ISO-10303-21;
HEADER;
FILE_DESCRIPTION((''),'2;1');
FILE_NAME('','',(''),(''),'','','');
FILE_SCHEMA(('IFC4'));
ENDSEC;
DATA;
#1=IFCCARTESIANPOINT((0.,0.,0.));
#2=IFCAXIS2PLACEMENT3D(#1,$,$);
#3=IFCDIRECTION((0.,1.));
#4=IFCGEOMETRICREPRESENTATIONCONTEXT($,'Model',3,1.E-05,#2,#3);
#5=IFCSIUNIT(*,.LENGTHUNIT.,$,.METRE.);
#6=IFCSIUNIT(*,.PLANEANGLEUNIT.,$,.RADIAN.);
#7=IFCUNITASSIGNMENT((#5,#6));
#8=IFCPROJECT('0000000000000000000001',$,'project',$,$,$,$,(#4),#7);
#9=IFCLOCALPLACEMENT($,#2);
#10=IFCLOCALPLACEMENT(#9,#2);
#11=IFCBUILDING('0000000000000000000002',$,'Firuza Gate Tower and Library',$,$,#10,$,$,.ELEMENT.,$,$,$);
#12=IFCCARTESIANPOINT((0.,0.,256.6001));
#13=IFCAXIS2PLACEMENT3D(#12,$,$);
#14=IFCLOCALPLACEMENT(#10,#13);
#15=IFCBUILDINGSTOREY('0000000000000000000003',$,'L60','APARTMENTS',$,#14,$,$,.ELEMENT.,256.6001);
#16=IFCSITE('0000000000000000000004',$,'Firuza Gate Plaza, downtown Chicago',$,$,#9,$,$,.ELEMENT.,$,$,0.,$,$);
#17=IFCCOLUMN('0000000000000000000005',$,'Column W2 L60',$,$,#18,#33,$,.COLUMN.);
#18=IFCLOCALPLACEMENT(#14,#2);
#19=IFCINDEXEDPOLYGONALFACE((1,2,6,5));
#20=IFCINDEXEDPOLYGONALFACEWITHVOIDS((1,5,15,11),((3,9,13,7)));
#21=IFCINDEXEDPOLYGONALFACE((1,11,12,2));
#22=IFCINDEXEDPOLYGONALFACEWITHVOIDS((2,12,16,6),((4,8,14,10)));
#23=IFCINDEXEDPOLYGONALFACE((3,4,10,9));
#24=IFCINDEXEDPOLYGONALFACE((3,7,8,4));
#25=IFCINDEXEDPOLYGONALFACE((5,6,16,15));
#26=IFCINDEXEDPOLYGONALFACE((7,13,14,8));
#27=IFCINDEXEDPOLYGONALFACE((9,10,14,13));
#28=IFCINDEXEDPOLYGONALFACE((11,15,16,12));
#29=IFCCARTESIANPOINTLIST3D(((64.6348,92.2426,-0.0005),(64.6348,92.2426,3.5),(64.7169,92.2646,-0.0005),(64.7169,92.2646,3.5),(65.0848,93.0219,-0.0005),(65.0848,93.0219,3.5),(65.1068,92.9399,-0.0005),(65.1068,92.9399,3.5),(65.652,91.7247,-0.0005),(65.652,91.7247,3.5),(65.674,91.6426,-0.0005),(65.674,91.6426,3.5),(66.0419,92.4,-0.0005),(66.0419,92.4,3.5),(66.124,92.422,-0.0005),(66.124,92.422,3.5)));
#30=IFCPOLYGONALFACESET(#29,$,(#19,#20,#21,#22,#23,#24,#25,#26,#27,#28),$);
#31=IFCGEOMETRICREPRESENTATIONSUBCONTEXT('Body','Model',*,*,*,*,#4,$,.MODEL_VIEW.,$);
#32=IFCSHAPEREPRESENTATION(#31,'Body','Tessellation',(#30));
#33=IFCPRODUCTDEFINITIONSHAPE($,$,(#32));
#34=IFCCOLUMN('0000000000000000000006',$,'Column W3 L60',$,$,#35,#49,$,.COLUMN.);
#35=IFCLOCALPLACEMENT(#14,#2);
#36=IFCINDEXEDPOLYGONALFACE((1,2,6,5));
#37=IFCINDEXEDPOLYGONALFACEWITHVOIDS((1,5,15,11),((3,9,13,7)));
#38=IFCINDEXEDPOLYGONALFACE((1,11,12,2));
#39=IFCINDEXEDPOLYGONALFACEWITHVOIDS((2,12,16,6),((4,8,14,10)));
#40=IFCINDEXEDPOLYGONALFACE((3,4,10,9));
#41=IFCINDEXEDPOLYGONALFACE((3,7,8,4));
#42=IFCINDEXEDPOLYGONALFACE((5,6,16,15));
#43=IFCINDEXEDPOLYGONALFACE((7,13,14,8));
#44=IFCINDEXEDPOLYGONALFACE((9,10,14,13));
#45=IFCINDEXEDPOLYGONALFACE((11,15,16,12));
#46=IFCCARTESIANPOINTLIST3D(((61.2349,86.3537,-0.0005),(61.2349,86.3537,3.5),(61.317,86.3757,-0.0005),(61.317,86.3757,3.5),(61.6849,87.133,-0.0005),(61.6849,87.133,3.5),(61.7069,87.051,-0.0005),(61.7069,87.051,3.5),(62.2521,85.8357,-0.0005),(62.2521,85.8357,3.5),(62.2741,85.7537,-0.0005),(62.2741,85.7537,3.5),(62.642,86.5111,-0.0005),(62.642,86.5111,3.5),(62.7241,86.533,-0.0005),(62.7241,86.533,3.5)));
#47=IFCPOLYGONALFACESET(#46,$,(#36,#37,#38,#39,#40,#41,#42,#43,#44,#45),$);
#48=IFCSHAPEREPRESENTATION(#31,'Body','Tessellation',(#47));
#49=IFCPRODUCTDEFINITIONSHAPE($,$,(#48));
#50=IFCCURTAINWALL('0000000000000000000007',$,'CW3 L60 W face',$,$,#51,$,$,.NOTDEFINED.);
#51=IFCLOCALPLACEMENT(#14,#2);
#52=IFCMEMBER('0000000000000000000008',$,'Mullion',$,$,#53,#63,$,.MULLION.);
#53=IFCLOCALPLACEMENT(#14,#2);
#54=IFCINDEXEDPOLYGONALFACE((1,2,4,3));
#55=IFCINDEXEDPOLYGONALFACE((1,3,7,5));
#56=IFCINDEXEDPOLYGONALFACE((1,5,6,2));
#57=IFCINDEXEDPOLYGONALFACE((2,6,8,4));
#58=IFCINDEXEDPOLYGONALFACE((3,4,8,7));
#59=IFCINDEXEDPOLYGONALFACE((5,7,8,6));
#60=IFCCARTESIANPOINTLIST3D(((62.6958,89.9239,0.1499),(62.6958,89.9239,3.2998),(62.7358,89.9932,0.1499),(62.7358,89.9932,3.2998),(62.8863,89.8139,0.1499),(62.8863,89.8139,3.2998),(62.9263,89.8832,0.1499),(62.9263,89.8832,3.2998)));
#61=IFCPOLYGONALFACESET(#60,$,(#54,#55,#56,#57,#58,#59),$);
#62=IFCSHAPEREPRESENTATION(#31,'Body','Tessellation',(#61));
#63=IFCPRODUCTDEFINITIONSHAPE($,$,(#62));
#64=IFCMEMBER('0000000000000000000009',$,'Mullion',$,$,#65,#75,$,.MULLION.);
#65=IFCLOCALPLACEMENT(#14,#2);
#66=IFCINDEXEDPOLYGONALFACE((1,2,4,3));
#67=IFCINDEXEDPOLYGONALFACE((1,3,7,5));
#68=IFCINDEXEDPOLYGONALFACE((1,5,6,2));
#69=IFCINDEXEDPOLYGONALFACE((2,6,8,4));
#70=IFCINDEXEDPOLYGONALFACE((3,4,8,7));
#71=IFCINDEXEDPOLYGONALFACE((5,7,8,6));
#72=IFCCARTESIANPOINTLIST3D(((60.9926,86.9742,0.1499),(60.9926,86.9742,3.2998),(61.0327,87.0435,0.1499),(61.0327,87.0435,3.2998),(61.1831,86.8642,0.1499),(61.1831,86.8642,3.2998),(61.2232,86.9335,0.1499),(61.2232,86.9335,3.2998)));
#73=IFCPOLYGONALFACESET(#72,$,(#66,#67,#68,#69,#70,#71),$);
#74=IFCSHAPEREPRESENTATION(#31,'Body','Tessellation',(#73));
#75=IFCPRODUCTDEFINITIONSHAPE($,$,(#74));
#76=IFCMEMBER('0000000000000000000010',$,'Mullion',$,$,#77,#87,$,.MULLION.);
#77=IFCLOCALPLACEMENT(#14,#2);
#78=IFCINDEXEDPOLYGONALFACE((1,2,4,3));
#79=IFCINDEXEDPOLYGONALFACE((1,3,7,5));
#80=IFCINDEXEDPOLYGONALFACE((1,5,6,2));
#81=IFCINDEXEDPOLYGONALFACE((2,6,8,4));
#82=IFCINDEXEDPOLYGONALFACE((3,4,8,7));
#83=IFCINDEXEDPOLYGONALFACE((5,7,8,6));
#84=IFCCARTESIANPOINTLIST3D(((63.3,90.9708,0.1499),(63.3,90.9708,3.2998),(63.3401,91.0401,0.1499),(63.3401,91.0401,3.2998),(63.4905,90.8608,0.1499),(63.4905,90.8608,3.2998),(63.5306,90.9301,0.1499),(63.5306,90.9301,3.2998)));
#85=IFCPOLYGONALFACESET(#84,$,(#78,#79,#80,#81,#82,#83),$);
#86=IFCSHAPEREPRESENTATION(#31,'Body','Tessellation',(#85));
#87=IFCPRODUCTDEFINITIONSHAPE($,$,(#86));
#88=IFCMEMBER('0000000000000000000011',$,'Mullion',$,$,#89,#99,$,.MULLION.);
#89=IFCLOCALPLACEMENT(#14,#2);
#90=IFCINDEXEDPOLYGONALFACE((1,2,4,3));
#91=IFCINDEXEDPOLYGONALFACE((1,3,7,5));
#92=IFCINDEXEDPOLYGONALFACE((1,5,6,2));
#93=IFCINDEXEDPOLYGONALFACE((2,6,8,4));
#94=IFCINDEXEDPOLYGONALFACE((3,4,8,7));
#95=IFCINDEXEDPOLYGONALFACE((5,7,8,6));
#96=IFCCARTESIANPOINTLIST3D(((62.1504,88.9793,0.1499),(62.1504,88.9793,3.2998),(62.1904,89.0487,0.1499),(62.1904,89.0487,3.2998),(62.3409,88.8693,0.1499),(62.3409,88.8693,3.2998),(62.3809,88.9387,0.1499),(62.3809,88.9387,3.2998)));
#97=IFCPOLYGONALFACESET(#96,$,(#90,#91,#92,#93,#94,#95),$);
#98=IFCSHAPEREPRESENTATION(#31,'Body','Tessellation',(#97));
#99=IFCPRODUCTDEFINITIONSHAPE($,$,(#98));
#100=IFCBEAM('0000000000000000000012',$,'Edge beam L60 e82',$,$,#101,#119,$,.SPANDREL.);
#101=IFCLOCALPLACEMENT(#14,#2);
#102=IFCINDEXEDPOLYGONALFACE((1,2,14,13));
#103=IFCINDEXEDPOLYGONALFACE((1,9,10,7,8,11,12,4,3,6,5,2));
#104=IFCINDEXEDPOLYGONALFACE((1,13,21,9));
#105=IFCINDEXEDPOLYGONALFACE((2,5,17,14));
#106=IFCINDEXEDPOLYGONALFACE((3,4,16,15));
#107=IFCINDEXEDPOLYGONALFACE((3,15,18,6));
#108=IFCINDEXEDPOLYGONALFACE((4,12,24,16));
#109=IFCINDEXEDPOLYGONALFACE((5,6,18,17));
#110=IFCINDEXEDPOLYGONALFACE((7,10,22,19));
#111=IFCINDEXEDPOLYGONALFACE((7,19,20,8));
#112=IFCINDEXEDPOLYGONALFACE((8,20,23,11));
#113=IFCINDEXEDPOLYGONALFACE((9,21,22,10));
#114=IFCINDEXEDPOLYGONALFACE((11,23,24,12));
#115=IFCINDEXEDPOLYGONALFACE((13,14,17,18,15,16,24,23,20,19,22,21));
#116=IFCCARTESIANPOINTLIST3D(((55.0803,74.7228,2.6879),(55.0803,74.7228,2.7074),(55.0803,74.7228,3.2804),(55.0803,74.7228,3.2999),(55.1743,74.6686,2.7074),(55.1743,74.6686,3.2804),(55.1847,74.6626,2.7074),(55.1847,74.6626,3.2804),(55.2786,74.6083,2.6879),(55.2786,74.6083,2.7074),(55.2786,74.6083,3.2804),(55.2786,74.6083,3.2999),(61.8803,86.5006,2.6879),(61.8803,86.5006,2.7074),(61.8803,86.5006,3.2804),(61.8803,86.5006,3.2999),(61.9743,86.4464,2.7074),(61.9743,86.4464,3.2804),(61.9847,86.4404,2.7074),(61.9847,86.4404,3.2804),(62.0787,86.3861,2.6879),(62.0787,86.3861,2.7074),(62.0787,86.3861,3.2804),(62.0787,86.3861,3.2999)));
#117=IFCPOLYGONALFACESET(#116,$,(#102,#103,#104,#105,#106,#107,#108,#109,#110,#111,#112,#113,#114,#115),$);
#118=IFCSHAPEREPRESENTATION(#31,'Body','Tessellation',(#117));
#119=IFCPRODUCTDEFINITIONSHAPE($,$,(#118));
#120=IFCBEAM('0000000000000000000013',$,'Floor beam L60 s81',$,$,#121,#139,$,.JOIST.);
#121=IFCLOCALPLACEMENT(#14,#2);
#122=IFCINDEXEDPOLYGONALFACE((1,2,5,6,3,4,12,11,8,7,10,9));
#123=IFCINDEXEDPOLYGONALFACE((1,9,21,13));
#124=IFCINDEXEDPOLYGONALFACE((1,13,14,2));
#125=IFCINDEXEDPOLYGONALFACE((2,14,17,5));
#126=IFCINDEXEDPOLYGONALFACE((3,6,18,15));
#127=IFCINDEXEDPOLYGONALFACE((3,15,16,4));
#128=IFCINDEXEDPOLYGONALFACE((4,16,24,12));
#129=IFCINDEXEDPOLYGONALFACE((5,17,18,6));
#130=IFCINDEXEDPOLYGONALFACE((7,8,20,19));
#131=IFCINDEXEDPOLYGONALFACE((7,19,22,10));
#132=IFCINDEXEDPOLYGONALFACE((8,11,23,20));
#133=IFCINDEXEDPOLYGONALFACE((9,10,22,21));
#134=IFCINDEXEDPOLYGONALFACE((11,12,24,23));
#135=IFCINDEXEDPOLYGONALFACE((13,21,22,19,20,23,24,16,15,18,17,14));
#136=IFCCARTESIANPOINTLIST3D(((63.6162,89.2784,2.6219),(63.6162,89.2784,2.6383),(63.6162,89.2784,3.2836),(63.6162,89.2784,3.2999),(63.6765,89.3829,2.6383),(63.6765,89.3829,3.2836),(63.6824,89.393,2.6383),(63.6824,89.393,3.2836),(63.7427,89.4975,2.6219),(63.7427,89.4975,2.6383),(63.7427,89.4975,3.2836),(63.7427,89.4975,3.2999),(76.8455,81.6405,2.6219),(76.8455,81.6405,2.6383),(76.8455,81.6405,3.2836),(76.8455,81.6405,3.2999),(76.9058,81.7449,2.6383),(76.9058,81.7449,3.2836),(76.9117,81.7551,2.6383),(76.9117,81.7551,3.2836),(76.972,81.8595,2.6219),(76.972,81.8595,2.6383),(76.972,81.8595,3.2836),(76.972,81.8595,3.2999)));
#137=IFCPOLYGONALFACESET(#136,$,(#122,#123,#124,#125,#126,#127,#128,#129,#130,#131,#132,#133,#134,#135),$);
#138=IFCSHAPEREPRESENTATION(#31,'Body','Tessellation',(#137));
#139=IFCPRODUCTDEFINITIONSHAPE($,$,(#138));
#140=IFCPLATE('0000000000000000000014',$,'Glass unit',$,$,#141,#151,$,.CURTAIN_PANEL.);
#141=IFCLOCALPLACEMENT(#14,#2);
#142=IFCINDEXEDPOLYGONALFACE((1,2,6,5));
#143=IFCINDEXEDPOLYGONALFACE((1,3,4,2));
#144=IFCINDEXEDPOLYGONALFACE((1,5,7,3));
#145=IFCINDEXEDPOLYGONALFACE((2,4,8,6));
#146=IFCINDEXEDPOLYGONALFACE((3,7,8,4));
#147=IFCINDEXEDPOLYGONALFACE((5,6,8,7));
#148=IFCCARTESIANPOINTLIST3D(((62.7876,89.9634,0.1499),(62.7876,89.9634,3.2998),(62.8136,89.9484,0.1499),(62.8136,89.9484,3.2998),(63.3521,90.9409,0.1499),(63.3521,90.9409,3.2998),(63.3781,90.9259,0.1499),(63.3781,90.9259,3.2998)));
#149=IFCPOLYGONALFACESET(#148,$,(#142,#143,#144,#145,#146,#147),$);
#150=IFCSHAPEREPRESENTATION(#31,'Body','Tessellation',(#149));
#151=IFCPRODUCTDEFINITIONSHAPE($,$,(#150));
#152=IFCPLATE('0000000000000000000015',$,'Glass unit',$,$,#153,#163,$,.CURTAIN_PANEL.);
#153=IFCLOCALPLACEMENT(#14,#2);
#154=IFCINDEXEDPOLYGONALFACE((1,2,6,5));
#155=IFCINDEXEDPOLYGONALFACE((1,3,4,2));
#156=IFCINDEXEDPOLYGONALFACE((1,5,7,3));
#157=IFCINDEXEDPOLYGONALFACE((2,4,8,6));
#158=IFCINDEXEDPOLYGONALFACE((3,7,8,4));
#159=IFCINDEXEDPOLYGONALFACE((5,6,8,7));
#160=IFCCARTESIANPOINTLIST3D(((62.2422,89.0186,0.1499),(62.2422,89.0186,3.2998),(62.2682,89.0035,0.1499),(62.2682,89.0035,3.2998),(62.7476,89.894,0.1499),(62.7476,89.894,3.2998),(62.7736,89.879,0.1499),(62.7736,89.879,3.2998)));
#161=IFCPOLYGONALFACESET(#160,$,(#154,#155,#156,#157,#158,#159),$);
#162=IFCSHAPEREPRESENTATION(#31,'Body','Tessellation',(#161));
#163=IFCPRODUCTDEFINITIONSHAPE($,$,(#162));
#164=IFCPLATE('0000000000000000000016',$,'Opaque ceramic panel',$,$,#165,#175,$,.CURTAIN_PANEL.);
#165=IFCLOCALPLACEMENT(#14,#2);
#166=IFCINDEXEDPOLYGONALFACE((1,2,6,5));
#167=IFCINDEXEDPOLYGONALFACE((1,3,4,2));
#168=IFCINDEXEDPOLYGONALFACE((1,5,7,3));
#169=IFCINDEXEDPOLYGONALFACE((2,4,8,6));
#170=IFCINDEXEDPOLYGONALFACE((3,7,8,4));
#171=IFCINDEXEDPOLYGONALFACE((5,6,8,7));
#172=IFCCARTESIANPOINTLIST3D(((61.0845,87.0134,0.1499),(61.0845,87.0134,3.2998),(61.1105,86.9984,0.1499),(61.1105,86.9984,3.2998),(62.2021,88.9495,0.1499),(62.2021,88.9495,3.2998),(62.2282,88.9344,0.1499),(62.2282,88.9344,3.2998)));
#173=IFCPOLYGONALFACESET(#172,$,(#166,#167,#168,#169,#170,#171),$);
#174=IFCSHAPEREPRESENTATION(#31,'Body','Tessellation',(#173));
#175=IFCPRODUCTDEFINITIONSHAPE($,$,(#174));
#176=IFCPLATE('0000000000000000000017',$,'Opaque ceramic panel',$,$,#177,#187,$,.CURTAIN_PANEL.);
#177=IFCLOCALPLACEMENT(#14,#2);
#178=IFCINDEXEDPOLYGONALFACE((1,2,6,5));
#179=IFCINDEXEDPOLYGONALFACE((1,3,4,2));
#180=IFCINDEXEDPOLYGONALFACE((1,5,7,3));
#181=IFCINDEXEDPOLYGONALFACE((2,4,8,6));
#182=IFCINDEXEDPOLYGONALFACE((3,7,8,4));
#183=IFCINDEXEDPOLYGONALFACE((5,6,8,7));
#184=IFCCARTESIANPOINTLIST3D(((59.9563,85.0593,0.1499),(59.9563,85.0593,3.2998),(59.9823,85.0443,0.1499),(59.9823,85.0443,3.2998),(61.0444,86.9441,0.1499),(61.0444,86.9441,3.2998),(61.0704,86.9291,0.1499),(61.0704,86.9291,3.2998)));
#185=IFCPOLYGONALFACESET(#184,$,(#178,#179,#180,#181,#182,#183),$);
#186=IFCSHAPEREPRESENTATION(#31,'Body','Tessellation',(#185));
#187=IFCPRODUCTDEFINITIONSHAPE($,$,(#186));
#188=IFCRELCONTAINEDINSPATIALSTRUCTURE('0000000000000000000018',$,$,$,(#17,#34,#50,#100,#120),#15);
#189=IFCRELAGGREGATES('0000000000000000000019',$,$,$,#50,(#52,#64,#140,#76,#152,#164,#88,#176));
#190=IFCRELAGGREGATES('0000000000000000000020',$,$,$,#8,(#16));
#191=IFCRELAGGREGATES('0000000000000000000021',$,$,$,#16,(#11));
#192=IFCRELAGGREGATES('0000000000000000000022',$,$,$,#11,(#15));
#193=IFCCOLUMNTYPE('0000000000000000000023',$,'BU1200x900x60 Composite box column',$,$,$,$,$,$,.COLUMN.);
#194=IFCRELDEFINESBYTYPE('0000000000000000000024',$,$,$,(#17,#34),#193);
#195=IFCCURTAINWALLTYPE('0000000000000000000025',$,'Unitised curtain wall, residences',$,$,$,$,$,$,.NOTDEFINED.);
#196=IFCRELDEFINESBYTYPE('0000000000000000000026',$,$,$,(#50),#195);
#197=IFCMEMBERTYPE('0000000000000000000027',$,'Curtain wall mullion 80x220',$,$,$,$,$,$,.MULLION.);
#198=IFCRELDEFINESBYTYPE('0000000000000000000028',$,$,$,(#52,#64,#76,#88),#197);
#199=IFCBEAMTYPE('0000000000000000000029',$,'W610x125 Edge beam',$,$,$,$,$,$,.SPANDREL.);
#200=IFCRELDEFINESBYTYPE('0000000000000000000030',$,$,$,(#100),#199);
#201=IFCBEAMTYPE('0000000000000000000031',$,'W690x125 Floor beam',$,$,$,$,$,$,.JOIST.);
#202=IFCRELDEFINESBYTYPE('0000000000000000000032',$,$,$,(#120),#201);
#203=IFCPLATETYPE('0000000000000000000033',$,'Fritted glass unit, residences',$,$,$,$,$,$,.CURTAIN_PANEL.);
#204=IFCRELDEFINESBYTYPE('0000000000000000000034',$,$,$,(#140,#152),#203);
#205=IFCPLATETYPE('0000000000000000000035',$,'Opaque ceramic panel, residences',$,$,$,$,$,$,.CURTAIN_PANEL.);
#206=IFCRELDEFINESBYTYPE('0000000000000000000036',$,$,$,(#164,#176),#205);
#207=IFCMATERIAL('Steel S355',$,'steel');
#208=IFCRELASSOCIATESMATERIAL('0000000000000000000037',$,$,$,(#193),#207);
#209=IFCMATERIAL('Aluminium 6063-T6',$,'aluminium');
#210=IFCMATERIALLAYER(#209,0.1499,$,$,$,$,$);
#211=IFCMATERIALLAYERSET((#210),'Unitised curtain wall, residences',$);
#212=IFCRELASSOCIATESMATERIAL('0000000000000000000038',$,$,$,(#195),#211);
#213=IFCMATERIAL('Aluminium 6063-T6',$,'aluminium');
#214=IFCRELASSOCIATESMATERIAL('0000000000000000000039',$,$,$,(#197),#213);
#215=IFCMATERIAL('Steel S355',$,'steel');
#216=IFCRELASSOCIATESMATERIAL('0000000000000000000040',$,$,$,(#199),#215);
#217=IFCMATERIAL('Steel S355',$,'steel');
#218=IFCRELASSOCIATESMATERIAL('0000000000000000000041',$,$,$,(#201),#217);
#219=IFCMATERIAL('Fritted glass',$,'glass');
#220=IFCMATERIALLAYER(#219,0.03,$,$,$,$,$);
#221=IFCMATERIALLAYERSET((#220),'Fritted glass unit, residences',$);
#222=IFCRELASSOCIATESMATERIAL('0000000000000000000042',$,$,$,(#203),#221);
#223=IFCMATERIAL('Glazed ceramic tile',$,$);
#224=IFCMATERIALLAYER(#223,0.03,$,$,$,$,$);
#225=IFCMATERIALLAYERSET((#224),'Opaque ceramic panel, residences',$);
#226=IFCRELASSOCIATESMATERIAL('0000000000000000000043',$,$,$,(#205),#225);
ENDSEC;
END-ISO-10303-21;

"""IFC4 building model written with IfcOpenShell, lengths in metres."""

from ifc_helpers import new_model, si_unit, direction, frame, origin, origin_2d, place, context, subcontext, project, spatial, polyline, rectangle, hollow_rectangle, i_section, outline, extrude, material, layer, layer_set, material_profile, profile_set, type_object, element, aggregate, save


model = new_model("IFC4")

# Units and contexts
model_context = context("Model", 3, precision=1e-05, world=origin(), true_north=direction((0.0, 1.0)))
body_context = subcontext(model_context, "Body", "Model", "MODEL_VIEW")
ifc_project = project(units=[si_unit("LENGTHUNIT", "METRE"), si_unit("PLANEANGLEUNIT", "RADIAN")], contexts=[model_context])

# Site, building, storey
site_placement = place(None, origin())
site = spatial("IfcSite", under=ifc_project, at=site_placement, Name="Firuza Gate Plaza, downtown Chicago", CompositionType="ELEMENT", RefElevation=0.0)
building_placement = place(site_placement, origin())
building = spatial("IfcBuilding", under=site, at=building_placement, Name="Firuza Gate Tower and Library", CompositionType="ELEMENT")
storey_placement = place(building_placement, frame((0.0, 0.0, 256.6001)))
storey = spatial("IfcBuildingStorey", under=building, at=storey_placement, Name="L60", Description="APARTMENTS", CompositionType="ELEMENT", Elevation=256.6001)

# Columns
ifc_material_1 = material(Name="Steel S355", Category="steel")
ifc_material_profile_1 = material_profile(ifc_material_1, hollow_rectangle(XDim=0.8999, YDim=1.2, WallThickness=0.0601, at=origin_2d()))
ifc_profile_set_1 = profile_set([ifc_material_profile_1], Name="Steel S355")
column_type = type_object("IfcColumnType", Name="BU1200x900x60 Composite box column", PredefinedType="COLUMN", material=ifc_profile_set_1)
for number, where, z_axis, x_axis, name in (
    (1, (65.3794, 92.3323, -0.0005), (0.0, 0.0, 1.0), (-0.5, -0.866025, 0.0), "Column W2 L60"),
    (2, (61.9795, 86.4434, -0.0005), (0.0, 0.0, 1.0), (-0.5, -0.866025, 0.0), "Column W3 L60"),
):
    element("IfcColumn", number, at=place(storey_placement, frame(where, z_axis=z_axis, x_axis=x_axis)), inside=storey, type_object=column_type, Name=name, PredefinedType="COLUMN", context=body_context, shape_type="SweptSolid", body=[
        extrude(hollow_rectangle(XDim=0.8999, YDim=1.2, WallThickness=0.0601, at=origin_2d()), origin(), (0.0, 0.0, 1.0), 3.5005),
    ])

# Curtain wall, members
ifc_material_2 = material(Name="Aluminium 6063-T6", Category="aluminium")
ifc_layer_1 = layer(ifc_material_2, 0.1499)
ifc_layer_set_1 = layer_set([ifc_layer_1], Name="Unitised curtain wall, residences")
curtain_wall_type = type_object("IfcCurtainWallType", Name="Unitised curtain wall, residences", PredefinedType="NOTDEFINED", material=ifc_layer_set_1)
placement = place(storey_placement, origin())
curtain_wall = element("IfcCurtainWall", 3, at=placement, inside=storey, type_object=curtain_wall_type, Name="CW3 L60 W face", PredefinedType="NOTDEFINED")
ifc_material_3 = material(Name="Aluminium 6063-T6", Category="aluminium")
ifc_material_profile_2 = material_profile(ifc_material_3, rectangle(XDim=0.22, YDim=0.0801, at=origin_2d()))
ifc_profile_set_2 = profile_set([ifc_material_profile_2], Name="Aluminium 6063-T6")
member_type = type_object("IfcMemberType", Name="Curtain wall mullion 80x220", PredefinedType="MULLION", material=ifc_profile_set_2)
member_1_placement = place(storey_placement, frame((62.811, 89.9036, 0.1499), z_axis=(0.0, 0.0, 1.0), x_axis=(0.866025, -0.5, 0.0)))
member_1 = element("IfcMember", 4, at=member_1_placement, type_object=member_type, Name="Mullion", PredefinedType="MULLION", context=body_context, shape_type="SweptSolid", body=[
    extrude(rectangle(XDim=0.22, YDim=0.0801, at=origin_2d()), origin(), (0.0, 0.0, 1.0), 3.1499),
])
member_2_placement = place(storey_placement, frame((61.1079, 86.9539, 0.1499), z_axis=(0.0, 0.0, 1.0), x_axis=(0.866025, -0.5, 0.0)))
member_2 = element("IfcMember", 5, at=member_2_placement, type_object=member_type, Name="Mullion", PredefinedType="MULLION", context=body_context, shape_type="SweptSolid", body=[
    extrude(rectangle(XDim=0.22, YDim=0.0801, at=origin_2d()), origin(), (0.0, 0.0, 1.0), 3.1499),
])
member_3_placement = place(storey_placement, frame((63.4153, 90.9504, 0.1499), z_axis=(0.0, 0.0, 1.0), x_axis=(0.866025, -0.5, 0.0)))
member_3 = element("IfcMember", 6, at=member_3_placement, type_object=member_type, Name="Mullion", PredefinedType="MULLION", context=body_context, shape_type="SweptSolid", body=[
    extrude(rectangle(XDim=0.22, YDim=0.0801, at=origin_2d()), origin(), (0.0, 0.0, 1.0), 3.1499),
])
member_4_placement = place(storey_placement, frame((62.2656, 88.959, 0.1499), z_axis=(0.0, 0.0, 1.0), x_axis=(0.866025, -0.5, 0.0)))
member_4 = element("IfcMember", 7, at=member_4_placement, type_object=member_type, Name="Mullion", PredefinedType="MULLION", context=body_context, shape_type="SweptSolid", body=[
    extrude(rectangle(XDim=0.22, YDim=0.0801, at=origin_2d()), origin(), (0.0, 0.0, 1.0), 3.1499),
])

# Beams
ifc_material_4 = material(Name="Steel S355", Category="steel")
ifc_material_profile_3 = material_profile(ifc_material_4, i_section(OverallWidth=0.229, OverallDepth=0.6121, WebThickness=0.012, FlangeThickness=0.0195, at=origin_2d()))
ifc_profile_set_3 = profile_set([ifc_material_profile_3], Name="Steel S355")
beam_type_1 = type_object("IfcBeamType", Name="W610x125 Edge beam", PredefinedType="SPANDREL", material=ifc_profile_set_3)
beam_1_placement = place(storey_placement, frame((61.9795, 86.4434, 2.9939), z_axis=(-0.500006, -0.866022, 0.0), x_axis=(0.866022, -0.500006, 0.0)))
element("IfcBeam", 8, at=beam_1_placement, inside=storey, type_object=beam_type_1, Name="Edge beam L60 e82", PredefinedType="SPANDREL", context=body_context, shape_type="SweptSolid", body=[
    extrude(i_section(OverallWidth=0.229, OverallDepth=0.6121, WebThickness=0.012, FlangeThickness=0.0195, at=origin_2d()), origin(), (0.0, 0.0, 1.0), 13.5999),
])
ifc_material_5 = material(Name="Steel S355", Category="steel")
ifc_material_profile_4 = material_profile(ifc_material_5, i_section(OverallWidth=0.2529, OverallDepth=0.678, WebThickness=0.0117, FlangeThickness=0.0164, at=origin_2d()))
ifc_profile_set_4 = profile_set([ifc_material_profile_4], Name="Steel S355")
beam_type_2 = type_object("IfcBeamType", Name="W690x125 Floor beam", PredefinedType="JOIST", material=ifc_profile_set_4)
beam_2_placement = place(storey_placement, frame((63.6794, 89.3879, 2.9609), z_axis=(0.866025, -0.500001, 0.0), x_axis=(0.500001, 0.866025, 0.0)))
element("IfcBeam", 9, at=beam_2_placement, inside=storey, type_object=beam_type_2, Name="Floor beam L60 s81", PredefinedType="JOIST", context=body_context, shape_type="SweptSolid", body=[
    extrude(i_section(OverallWidth=0.2529, OverallDepth=0.678, WebThickness=0.0117, FlangeThickness=0.0164, at=origin_2d()), origin(), (0.0, 0.0, 1.0), 15.2759),
])

# Plates
ifc_material_6 = material(Name="Fritted glass", Category="glass")
ifc_layer_2 = layer(ifc_material_6, 0.03)
ifc_layer_set_2 = layer_set([ifc_layer_2], Name="Fritted glass unit, residences")
plate_type_1 = type_object("IfcPlateType", Name="Fritted glass unit, residences", PredefinedType="CURTAIN_PANEL", material=ifc_layer_set_2)
plate_1_placement = place(storey_placement, frame((63.3521, 90.9409, 0.1499), z_axis=(-0.865998, 0.500047, 0.0), x_axis=(-0.500047, -0.865998, 0.0)))
plate_1 = element("IfcPlate", 10, at=plate_1_placement, type_object=plate_type_1, Name="Glass unit", PredefinedType="CURTAIN_PANEL", context=body_context, shape_type="SweptSolid", body=[
    extrude(outline(polyline([(0.0, 0.0), (1.1288, 0.0), (1.1288, 3.1499), (0.0, 3.1499), (0.0, 0.0)])), origin(), (0.0, 0.0, -1.0), 0.03),
])
plate_2_placement = place(storey_placement, frame((62.7476, 89.894, 0.1499), z_axis=(-0.866065, 0.499932, 0.0), x_axis=(-0.499932, -0.866065, 0.0)))
plate_2 = element("IfcPlate", 11, at=plate_2_placement, type_object=plate_type_1, Name="Glass unit", PredefinedType="CURTAIN_PANEL", context=body_context, shape_type="SweptSolid", body=[
    extrude(outline(polyline([(0.0, 0.0), (1.0109, 0.0), (1.0109, 3.1499), (0.0, 3.1499), (0.0, 0.0)])), origin(), (0.0, 0.0, -1.0), 0.03),
])
ifc_material_7 = material(Name="Glazed ceramic tile")
ifc_layer_3 = layer(ifc_material_7, 0.03)
ifc_layer_set_3 = layer_set([ifc_layer_3], Name="Opaque ceramic panel, residences")
plate_type_2 = type_object("IfcPlateType", Name="Opaque ceramic panel, residences", PredefinedType="CURTAIN_PANEL", material=ifc_layer_set_3)
plate_3_placement = place(storey_placement, frame((62.2021, 88.9495, 0.1499), z_axis=(-0.866044, 0.499968, 0.0), x_axis=(-0.499968, -0.866044, 0.0)))
plate_3 = element("IfcPlate", 12, at=plate_3_placement, type_object=plate_type_2, Name="Opaque ceramic panel", PredefinedType="CURTAIN_PANEL", context=body_context, shape_type="SweptSolid", body=[
    extrude(outline(polyline([(0.0, 0.0), (2.2355, 0.0), (2.2355, 3.1499), (0.0, 3.1499), (0.0, 0.0)])), origin(), (0.0, 0.0, -1.0), 0.03),
])
plate_4_placement = place(storey_placement, frame((61.0444, 86.9441, 0.1499), z_axis=(-0.866032, 0.499988, 0.0), x_axis=(-0.499988, -0.866032, 0.0)))
plate_4 = element("IfcPlate", 13, at=plate_4_placement, type_object=plate_type_2, Name="Opaque ceramic panel", PredefinedType="CURTAIN_PANEL", context=body_context, shape_type="SweptSolid", body=[
    extrude(outline(polyline([(0.0, 0.0), (2.1763, 0.0), (2.1763, 3.1499), (0.0, 3.1499), (0.0, 0.0)])), origin(), (0.0, 0.0, -1.0), 0.03),
])
aggregate(curtain_wall, [member_1, member_2, plate_1, member_3, plate_2, plate_3, member_4, plate_4])

save(model, "model.ifc")
